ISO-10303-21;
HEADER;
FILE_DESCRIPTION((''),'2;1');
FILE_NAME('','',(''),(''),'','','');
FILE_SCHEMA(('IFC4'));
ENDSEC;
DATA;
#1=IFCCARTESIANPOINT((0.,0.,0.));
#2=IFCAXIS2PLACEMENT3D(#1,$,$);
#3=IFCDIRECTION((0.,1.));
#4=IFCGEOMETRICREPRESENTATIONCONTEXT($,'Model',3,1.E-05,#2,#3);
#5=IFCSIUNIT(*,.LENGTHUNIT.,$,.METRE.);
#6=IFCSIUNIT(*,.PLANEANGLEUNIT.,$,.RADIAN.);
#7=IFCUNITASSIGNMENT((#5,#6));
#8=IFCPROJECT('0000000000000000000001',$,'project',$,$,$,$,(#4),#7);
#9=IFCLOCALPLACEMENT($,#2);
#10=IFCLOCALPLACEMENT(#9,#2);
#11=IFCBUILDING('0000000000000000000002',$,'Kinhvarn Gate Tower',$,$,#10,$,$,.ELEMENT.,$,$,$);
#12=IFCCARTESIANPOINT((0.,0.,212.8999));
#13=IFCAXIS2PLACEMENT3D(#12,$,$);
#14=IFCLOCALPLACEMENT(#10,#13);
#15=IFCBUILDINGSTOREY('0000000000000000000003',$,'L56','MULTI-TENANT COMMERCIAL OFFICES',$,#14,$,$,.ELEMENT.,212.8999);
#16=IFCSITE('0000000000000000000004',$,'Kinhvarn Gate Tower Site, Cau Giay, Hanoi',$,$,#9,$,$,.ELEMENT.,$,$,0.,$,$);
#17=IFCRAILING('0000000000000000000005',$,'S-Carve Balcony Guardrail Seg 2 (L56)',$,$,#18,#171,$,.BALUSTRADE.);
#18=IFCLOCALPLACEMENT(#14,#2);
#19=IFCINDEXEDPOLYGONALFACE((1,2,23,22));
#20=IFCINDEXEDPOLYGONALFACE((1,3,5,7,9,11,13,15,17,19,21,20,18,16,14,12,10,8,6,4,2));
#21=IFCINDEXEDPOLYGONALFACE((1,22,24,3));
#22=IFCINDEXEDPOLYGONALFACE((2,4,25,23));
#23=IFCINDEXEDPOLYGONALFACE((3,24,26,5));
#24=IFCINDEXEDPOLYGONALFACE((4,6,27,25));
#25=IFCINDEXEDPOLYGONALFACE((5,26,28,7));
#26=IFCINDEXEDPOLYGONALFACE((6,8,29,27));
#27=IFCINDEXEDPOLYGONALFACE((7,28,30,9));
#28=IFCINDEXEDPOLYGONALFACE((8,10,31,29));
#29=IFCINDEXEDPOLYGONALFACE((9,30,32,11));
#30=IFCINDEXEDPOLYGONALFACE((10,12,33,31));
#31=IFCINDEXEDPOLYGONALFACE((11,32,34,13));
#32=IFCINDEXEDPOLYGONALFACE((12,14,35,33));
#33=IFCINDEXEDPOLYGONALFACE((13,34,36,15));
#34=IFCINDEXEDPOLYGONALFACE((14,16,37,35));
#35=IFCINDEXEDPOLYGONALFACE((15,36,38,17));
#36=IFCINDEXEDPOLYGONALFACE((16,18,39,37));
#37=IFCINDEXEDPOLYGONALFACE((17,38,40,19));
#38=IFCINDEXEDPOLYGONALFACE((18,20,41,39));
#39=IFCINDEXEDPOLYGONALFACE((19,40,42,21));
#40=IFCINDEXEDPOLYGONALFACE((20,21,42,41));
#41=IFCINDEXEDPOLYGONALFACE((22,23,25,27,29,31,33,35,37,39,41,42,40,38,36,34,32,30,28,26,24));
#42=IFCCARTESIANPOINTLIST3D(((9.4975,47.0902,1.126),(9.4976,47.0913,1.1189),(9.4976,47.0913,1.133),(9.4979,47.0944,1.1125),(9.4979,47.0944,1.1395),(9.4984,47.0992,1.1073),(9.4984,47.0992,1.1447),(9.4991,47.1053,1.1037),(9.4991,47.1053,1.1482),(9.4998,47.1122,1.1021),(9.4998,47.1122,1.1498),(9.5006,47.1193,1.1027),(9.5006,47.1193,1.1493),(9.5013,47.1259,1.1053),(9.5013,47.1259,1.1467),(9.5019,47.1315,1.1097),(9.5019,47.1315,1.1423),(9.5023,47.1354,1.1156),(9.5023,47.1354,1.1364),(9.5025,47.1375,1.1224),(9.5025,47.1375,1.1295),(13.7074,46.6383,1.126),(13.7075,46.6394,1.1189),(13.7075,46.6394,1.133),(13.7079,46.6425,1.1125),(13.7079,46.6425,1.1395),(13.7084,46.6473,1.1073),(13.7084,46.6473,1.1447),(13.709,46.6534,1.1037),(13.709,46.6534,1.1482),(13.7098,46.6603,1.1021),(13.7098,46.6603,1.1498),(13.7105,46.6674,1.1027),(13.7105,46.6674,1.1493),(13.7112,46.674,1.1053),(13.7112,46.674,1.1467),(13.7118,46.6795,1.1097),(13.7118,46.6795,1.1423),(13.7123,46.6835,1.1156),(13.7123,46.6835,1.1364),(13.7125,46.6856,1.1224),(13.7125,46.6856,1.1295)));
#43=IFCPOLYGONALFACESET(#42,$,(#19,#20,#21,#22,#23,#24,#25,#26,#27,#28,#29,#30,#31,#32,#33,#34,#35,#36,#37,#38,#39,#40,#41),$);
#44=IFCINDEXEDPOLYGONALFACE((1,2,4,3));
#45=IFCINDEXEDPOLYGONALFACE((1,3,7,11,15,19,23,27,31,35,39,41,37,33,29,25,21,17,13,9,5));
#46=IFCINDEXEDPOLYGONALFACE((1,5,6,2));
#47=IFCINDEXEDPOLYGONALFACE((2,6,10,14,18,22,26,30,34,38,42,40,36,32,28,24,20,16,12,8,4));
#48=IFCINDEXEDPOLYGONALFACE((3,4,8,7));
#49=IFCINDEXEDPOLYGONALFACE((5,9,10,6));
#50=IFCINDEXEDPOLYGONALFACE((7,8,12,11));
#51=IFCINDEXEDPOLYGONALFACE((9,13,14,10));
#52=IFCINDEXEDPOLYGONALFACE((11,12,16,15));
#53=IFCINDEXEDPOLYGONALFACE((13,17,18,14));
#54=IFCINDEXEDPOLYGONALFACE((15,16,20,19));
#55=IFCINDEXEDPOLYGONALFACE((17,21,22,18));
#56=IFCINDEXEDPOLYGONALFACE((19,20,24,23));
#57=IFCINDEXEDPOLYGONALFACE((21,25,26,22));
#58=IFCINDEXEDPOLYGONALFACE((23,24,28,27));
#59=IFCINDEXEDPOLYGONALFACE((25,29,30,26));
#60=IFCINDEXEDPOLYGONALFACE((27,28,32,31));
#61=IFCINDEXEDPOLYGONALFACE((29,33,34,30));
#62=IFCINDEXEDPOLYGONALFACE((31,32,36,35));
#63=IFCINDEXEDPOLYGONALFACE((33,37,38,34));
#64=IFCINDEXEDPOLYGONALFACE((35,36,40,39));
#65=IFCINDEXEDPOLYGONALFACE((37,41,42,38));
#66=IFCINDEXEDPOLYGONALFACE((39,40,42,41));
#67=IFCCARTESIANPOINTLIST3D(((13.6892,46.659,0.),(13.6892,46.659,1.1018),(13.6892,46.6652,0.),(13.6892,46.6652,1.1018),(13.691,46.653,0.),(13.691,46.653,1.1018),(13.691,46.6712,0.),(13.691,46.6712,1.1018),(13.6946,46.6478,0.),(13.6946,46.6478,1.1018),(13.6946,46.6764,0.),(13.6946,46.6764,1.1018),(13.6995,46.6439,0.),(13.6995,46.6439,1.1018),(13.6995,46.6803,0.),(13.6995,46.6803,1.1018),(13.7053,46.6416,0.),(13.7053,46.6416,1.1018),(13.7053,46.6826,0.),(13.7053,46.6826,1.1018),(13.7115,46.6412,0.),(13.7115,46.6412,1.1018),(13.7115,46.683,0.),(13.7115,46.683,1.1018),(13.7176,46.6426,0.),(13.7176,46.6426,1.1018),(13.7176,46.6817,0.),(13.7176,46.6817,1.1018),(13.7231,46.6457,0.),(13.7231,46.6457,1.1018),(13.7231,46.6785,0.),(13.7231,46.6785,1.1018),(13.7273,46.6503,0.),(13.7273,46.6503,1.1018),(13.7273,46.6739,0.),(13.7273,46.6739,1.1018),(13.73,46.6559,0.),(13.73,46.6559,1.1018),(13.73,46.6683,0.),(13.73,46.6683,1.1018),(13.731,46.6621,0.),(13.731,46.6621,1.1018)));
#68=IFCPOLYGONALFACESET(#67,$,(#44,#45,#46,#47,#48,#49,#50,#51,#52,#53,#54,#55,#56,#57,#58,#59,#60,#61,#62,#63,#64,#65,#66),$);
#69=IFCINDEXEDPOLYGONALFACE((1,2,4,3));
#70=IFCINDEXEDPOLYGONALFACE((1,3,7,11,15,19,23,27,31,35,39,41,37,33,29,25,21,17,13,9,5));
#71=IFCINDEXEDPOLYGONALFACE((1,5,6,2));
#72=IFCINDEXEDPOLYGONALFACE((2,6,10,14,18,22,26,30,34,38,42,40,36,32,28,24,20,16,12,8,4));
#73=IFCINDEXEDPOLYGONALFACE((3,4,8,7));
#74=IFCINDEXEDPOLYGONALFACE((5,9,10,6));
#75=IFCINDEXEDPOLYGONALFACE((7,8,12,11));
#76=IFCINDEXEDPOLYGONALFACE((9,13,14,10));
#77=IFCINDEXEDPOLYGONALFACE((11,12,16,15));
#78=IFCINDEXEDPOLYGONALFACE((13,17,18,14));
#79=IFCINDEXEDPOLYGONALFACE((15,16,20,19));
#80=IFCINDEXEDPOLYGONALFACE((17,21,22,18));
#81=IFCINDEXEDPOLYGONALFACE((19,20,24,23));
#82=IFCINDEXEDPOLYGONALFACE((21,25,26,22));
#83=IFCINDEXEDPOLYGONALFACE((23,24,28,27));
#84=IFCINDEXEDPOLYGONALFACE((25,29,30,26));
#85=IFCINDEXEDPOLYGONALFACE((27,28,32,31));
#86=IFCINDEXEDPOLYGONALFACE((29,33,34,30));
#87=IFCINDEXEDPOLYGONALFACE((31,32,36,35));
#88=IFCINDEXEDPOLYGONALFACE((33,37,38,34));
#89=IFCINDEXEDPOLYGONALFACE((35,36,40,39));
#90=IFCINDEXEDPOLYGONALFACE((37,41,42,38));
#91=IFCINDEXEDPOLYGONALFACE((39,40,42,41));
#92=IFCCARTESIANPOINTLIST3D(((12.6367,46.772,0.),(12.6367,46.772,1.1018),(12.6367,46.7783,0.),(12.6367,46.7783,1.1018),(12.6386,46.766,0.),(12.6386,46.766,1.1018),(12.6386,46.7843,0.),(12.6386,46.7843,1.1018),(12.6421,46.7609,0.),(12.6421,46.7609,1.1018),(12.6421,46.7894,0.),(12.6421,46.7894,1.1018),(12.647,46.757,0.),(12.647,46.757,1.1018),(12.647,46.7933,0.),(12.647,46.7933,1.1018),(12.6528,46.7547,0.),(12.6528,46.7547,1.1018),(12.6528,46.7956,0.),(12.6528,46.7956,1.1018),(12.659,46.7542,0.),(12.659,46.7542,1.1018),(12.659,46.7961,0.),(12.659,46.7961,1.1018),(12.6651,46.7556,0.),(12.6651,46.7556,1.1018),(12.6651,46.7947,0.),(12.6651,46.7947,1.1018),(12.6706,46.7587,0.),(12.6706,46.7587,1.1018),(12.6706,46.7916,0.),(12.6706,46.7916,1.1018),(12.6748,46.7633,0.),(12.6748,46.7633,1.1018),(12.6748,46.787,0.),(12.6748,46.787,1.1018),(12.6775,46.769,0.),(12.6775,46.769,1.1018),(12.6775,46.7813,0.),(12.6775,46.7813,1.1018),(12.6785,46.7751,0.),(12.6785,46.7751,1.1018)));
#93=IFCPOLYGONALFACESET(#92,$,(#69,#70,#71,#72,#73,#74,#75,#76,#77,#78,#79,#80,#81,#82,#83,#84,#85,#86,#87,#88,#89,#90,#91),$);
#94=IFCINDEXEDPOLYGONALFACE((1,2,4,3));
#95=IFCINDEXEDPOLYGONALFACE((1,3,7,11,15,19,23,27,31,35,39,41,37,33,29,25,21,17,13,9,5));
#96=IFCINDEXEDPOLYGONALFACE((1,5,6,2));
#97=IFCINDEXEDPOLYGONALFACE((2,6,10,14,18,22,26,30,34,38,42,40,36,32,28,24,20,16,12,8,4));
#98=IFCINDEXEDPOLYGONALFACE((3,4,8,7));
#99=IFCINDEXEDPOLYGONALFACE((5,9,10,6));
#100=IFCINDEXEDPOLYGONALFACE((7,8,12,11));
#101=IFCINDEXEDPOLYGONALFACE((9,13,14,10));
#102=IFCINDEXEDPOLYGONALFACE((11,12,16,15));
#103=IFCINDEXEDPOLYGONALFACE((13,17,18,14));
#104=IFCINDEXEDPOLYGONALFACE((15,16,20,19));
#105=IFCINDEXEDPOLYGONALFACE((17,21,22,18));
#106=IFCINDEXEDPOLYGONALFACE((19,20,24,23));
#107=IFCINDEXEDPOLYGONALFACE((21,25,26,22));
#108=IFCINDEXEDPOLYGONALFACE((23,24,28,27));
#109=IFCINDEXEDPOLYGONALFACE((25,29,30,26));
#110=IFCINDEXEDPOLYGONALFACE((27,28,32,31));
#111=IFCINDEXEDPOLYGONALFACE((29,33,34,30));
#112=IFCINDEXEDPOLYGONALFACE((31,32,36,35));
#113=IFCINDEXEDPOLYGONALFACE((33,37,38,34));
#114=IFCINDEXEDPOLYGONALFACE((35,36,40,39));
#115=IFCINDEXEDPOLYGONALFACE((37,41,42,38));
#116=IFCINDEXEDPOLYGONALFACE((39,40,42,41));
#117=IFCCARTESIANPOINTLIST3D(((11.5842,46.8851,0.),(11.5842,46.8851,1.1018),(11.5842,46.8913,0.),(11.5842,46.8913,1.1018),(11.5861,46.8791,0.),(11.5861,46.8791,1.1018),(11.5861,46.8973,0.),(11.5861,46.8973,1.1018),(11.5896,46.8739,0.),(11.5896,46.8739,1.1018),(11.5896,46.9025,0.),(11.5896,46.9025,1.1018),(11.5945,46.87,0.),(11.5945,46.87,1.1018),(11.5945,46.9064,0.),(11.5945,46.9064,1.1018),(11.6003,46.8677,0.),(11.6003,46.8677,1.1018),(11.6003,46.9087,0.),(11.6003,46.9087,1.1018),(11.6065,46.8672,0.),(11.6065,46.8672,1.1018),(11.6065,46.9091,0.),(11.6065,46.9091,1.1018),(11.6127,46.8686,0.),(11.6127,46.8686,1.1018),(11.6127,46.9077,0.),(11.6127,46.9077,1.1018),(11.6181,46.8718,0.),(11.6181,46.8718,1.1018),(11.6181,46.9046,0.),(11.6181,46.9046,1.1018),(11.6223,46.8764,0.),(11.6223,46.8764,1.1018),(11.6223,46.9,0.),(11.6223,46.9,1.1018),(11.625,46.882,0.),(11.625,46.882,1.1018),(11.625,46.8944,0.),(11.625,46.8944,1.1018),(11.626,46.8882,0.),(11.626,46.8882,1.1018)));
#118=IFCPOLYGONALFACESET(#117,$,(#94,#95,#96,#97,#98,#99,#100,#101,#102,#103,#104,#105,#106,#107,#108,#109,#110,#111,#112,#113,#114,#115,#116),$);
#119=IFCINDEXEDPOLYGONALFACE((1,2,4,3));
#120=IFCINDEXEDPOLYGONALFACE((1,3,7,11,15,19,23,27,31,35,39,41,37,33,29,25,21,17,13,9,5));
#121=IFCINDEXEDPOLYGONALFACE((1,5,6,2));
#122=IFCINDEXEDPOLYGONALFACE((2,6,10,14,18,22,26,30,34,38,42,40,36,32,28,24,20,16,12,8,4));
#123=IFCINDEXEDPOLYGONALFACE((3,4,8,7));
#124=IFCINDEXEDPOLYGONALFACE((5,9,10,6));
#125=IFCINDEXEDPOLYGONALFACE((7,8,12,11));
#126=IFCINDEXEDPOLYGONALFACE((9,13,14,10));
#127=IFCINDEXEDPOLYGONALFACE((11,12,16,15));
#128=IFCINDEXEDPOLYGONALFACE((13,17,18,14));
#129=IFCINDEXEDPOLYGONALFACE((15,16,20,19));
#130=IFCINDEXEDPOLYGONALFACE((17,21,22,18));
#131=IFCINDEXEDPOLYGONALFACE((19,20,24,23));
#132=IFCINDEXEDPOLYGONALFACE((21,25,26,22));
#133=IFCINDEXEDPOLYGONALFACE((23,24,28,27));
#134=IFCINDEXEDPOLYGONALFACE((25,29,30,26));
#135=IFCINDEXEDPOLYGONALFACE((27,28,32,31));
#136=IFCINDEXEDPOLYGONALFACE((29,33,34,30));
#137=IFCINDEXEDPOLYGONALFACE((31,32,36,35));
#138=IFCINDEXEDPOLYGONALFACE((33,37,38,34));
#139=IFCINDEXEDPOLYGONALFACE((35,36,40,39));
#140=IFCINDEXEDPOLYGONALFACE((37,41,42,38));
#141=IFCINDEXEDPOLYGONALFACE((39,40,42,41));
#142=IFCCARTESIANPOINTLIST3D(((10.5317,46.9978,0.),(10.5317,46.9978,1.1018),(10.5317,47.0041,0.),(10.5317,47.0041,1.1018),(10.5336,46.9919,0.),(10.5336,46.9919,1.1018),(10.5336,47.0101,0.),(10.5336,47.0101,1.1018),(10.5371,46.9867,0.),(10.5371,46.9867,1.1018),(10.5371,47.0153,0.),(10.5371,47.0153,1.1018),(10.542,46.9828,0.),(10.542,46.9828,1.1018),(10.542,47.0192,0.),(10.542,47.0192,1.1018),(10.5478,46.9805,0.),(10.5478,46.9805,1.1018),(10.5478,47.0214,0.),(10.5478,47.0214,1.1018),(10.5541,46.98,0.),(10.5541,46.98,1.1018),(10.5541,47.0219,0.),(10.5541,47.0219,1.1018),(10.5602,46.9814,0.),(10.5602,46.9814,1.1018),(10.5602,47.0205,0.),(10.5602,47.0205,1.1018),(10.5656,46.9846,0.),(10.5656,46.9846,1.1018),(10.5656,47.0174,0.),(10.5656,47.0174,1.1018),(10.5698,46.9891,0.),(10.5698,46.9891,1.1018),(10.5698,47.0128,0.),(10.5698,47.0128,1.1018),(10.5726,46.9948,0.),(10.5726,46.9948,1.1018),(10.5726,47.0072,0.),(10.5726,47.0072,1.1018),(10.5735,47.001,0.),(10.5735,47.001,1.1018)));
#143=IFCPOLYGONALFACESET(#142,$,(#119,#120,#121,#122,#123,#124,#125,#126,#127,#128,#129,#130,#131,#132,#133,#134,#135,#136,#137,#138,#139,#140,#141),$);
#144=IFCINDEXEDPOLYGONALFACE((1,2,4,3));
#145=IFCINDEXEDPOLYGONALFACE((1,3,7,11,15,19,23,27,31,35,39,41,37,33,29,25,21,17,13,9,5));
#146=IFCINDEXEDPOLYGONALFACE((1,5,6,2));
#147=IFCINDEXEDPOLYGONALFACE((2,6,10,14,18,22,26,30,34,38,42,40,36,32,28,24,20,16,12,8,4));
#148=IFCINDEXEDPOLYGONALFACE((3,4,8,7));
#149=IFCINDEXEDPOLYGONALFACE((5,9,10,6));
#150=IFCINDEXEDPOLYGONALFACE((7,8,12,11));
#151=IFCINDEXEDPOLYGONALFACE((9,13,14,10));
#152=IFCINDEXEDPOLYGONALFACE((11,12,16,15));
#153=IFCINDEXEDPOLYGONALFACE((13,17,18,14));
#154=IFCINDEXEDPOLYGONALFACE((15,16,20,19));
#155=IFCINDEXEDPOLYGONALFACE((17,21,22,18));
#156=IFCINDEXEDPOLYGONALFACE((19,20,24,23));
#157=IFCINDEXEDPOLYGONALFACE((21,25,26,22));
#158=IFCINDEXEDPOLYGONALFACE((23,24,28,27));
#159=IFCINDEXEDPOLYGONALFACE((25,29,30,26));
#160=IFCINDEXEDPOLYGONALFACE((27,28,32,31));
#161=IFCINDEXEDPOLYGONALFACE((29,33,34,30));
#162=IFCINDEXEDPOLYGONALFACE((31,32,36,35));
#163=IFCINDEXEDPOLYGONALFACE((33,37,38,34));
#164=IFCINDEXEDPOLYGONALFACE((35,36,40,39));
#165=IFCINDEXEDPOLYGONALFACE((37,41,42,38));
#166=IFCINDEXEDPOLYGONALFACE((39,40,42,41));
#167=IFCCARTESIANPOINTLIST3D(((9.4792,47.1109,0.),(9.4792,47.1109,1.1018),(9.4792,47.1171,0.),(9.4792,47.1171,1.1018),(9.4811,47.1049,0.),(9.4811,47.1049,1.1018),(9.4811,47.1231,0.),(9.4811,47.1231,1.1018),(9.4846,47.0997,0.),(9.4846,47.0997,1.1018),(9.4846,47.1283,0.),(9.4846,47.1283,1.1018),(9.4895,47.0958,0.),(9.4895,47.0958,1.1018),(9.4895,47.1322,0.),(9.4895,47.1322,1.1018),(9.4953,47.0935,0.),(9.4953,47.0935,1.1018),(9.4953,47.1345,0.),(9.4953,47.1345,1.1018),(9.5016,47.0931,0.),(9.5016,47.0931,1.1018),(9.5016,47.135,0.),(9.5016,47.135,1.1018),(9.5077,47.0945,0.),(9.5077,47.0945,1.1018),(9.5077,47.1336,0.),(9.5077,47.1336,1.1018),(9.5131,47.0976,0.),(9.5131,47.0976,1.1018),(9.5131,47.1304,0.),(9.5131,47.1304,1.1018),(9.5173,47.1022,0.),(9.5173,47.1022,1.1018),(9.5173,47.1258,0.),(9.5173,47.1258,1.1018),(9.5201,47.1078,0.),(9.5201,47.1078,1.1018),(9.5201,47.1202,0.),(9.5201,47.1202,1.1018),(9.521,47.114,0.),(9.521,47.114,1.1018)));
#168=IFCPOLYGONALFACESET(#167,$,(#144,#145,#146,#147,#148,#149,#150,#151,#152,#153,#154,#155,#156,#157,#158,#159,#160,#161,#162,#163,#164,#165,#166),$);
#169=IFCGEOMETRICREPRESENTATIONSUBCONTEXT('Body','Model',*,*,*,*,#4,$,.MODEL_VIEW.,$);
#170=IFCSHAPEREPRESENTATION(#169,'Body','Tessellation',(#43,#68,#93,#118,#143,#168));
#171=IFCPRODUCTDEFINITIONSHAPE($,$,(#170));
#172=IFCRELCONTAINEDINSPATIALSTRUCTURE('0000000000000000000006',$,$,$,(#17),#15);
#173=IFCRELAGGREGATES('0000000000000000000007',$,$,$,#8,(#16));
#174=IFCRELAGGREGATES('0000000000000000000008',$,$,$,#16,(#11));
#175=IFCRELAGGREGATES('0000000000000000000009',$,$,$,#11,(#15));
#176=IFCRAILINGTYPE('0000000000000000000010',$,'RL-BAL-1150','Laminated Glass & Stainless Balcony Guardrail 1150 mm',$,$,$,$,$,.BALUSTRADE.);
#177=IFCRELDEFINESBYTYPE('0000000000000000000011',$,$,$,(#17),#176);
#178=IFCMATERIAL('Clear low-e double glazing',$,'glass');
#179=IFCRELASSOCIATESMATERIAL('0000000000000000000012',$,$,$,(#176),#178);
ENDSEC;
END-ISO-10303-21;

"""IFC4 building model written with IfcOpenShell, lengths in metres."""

from ifc_helpers import new_model, si_unit, direction, frame, origin, origin_2d, place, context, subcontext, project, spatial, circle, extrude, material, type_object, element, save


model = new_model("IFC4")

# Units and contexts
model_context = context("Model", 3, precision=1e-05, world=origin(), true_north=direction((0.0, 1.0)))
body_context = subcontext(model_context, "Body", "Model", "MODEL_VIEW")
ifc_project = project(units=[si_unit("LENGTHUNIT", "METRE"), si_unit("PLANEANGLEUNIT", "RADIAN")], contexts=[model_context])

# Site, building, storey
site_placement = place(None, origin())
site = spatial("IfcSite", under=ifc_project, at=site_placement, Name="Kinhvarn Gate Tower Site, Cau Giay, Hanoi", CompositionType="ELEMENT", RefElevation=0.0)
building_placement = place(site_placement, origin())
building = spatial("IfcBuilding", under=site, at=building_placement, Name="Kinhvarn Gate Tower", CompositionType="ELEMENT")
storey_placement = place(building_placement, frame((0.0, 0.0, 212.8999)))
storey = spatial("IfcBuildingStorey", under=building, at=storey_placement, Name="L56", Description="MULTI-TENANT COMMERCIAL OFFICES", CompositionType="ELEMENT", Elevation=212.8999)

# Shared definitions
ifc_material_1 = material(Name="Clear low-e double glazing", Category="glass")

# Railing
railing_type_1 = type_object("IfcRailingType", Name="RL-BAL-1150", Description="Laminated Glass & Stainless Balcony Guardrail 1150 mm", PredefinedType="BALUSTRADE", material=ifc_material_1)
railing_1_placement = place(storey_placement, frame((13.71, 46.6621, 0.0)))
element("IfcRailing", 1, at=railing_1_placement, inside=storey, type_object=railing_type_1, Name="S-Carve Balcony Guardrail Seg 2 (L56)", PredefinedType="BALUSTRADE", context=body_context, shape_type="SweptSolid", body=[
    extrude(circle(Radius=0.0239, at=origin_2d()), frame((0.0, 0.0, 1.126), z_axis=(-0.994288, 0.106729, 0.0), x_axis=(-0.106729, -0.994288, 0.0)), (0.0, 0.0, 1.0), 4.2341),
    extrude(circle(Radius=0.021, at=origin_2d()), origin(), (0.0, 0.0, 1.0), 1.1018),
    extrude(circle(Radius=0.021, at=origin_2d()), frame((-1.0525, 0.113, 0.0)), (0.0, 0.0, 1.0), 1.1018),
    extrude(circle(Radius=0.021, at=origin_2d()), frame((-2.105, 0.2261, 0.0)), (0.0, 0.0, 1.0), 1.1018),
    extrude(circle(Radius=0.021, at=origin_2d()), frame((-3.1575, 0.3389, 0.0)), (0.0, 0.0, 1.0), 1.1018),
    extrude(circle(Radius=0.021, at=origin_2d()), frame((-4.21, 0.4519, 0.0)), (0.0, 0.0, 1.0), 1.1018),
])

save(model, "model.ifc")
